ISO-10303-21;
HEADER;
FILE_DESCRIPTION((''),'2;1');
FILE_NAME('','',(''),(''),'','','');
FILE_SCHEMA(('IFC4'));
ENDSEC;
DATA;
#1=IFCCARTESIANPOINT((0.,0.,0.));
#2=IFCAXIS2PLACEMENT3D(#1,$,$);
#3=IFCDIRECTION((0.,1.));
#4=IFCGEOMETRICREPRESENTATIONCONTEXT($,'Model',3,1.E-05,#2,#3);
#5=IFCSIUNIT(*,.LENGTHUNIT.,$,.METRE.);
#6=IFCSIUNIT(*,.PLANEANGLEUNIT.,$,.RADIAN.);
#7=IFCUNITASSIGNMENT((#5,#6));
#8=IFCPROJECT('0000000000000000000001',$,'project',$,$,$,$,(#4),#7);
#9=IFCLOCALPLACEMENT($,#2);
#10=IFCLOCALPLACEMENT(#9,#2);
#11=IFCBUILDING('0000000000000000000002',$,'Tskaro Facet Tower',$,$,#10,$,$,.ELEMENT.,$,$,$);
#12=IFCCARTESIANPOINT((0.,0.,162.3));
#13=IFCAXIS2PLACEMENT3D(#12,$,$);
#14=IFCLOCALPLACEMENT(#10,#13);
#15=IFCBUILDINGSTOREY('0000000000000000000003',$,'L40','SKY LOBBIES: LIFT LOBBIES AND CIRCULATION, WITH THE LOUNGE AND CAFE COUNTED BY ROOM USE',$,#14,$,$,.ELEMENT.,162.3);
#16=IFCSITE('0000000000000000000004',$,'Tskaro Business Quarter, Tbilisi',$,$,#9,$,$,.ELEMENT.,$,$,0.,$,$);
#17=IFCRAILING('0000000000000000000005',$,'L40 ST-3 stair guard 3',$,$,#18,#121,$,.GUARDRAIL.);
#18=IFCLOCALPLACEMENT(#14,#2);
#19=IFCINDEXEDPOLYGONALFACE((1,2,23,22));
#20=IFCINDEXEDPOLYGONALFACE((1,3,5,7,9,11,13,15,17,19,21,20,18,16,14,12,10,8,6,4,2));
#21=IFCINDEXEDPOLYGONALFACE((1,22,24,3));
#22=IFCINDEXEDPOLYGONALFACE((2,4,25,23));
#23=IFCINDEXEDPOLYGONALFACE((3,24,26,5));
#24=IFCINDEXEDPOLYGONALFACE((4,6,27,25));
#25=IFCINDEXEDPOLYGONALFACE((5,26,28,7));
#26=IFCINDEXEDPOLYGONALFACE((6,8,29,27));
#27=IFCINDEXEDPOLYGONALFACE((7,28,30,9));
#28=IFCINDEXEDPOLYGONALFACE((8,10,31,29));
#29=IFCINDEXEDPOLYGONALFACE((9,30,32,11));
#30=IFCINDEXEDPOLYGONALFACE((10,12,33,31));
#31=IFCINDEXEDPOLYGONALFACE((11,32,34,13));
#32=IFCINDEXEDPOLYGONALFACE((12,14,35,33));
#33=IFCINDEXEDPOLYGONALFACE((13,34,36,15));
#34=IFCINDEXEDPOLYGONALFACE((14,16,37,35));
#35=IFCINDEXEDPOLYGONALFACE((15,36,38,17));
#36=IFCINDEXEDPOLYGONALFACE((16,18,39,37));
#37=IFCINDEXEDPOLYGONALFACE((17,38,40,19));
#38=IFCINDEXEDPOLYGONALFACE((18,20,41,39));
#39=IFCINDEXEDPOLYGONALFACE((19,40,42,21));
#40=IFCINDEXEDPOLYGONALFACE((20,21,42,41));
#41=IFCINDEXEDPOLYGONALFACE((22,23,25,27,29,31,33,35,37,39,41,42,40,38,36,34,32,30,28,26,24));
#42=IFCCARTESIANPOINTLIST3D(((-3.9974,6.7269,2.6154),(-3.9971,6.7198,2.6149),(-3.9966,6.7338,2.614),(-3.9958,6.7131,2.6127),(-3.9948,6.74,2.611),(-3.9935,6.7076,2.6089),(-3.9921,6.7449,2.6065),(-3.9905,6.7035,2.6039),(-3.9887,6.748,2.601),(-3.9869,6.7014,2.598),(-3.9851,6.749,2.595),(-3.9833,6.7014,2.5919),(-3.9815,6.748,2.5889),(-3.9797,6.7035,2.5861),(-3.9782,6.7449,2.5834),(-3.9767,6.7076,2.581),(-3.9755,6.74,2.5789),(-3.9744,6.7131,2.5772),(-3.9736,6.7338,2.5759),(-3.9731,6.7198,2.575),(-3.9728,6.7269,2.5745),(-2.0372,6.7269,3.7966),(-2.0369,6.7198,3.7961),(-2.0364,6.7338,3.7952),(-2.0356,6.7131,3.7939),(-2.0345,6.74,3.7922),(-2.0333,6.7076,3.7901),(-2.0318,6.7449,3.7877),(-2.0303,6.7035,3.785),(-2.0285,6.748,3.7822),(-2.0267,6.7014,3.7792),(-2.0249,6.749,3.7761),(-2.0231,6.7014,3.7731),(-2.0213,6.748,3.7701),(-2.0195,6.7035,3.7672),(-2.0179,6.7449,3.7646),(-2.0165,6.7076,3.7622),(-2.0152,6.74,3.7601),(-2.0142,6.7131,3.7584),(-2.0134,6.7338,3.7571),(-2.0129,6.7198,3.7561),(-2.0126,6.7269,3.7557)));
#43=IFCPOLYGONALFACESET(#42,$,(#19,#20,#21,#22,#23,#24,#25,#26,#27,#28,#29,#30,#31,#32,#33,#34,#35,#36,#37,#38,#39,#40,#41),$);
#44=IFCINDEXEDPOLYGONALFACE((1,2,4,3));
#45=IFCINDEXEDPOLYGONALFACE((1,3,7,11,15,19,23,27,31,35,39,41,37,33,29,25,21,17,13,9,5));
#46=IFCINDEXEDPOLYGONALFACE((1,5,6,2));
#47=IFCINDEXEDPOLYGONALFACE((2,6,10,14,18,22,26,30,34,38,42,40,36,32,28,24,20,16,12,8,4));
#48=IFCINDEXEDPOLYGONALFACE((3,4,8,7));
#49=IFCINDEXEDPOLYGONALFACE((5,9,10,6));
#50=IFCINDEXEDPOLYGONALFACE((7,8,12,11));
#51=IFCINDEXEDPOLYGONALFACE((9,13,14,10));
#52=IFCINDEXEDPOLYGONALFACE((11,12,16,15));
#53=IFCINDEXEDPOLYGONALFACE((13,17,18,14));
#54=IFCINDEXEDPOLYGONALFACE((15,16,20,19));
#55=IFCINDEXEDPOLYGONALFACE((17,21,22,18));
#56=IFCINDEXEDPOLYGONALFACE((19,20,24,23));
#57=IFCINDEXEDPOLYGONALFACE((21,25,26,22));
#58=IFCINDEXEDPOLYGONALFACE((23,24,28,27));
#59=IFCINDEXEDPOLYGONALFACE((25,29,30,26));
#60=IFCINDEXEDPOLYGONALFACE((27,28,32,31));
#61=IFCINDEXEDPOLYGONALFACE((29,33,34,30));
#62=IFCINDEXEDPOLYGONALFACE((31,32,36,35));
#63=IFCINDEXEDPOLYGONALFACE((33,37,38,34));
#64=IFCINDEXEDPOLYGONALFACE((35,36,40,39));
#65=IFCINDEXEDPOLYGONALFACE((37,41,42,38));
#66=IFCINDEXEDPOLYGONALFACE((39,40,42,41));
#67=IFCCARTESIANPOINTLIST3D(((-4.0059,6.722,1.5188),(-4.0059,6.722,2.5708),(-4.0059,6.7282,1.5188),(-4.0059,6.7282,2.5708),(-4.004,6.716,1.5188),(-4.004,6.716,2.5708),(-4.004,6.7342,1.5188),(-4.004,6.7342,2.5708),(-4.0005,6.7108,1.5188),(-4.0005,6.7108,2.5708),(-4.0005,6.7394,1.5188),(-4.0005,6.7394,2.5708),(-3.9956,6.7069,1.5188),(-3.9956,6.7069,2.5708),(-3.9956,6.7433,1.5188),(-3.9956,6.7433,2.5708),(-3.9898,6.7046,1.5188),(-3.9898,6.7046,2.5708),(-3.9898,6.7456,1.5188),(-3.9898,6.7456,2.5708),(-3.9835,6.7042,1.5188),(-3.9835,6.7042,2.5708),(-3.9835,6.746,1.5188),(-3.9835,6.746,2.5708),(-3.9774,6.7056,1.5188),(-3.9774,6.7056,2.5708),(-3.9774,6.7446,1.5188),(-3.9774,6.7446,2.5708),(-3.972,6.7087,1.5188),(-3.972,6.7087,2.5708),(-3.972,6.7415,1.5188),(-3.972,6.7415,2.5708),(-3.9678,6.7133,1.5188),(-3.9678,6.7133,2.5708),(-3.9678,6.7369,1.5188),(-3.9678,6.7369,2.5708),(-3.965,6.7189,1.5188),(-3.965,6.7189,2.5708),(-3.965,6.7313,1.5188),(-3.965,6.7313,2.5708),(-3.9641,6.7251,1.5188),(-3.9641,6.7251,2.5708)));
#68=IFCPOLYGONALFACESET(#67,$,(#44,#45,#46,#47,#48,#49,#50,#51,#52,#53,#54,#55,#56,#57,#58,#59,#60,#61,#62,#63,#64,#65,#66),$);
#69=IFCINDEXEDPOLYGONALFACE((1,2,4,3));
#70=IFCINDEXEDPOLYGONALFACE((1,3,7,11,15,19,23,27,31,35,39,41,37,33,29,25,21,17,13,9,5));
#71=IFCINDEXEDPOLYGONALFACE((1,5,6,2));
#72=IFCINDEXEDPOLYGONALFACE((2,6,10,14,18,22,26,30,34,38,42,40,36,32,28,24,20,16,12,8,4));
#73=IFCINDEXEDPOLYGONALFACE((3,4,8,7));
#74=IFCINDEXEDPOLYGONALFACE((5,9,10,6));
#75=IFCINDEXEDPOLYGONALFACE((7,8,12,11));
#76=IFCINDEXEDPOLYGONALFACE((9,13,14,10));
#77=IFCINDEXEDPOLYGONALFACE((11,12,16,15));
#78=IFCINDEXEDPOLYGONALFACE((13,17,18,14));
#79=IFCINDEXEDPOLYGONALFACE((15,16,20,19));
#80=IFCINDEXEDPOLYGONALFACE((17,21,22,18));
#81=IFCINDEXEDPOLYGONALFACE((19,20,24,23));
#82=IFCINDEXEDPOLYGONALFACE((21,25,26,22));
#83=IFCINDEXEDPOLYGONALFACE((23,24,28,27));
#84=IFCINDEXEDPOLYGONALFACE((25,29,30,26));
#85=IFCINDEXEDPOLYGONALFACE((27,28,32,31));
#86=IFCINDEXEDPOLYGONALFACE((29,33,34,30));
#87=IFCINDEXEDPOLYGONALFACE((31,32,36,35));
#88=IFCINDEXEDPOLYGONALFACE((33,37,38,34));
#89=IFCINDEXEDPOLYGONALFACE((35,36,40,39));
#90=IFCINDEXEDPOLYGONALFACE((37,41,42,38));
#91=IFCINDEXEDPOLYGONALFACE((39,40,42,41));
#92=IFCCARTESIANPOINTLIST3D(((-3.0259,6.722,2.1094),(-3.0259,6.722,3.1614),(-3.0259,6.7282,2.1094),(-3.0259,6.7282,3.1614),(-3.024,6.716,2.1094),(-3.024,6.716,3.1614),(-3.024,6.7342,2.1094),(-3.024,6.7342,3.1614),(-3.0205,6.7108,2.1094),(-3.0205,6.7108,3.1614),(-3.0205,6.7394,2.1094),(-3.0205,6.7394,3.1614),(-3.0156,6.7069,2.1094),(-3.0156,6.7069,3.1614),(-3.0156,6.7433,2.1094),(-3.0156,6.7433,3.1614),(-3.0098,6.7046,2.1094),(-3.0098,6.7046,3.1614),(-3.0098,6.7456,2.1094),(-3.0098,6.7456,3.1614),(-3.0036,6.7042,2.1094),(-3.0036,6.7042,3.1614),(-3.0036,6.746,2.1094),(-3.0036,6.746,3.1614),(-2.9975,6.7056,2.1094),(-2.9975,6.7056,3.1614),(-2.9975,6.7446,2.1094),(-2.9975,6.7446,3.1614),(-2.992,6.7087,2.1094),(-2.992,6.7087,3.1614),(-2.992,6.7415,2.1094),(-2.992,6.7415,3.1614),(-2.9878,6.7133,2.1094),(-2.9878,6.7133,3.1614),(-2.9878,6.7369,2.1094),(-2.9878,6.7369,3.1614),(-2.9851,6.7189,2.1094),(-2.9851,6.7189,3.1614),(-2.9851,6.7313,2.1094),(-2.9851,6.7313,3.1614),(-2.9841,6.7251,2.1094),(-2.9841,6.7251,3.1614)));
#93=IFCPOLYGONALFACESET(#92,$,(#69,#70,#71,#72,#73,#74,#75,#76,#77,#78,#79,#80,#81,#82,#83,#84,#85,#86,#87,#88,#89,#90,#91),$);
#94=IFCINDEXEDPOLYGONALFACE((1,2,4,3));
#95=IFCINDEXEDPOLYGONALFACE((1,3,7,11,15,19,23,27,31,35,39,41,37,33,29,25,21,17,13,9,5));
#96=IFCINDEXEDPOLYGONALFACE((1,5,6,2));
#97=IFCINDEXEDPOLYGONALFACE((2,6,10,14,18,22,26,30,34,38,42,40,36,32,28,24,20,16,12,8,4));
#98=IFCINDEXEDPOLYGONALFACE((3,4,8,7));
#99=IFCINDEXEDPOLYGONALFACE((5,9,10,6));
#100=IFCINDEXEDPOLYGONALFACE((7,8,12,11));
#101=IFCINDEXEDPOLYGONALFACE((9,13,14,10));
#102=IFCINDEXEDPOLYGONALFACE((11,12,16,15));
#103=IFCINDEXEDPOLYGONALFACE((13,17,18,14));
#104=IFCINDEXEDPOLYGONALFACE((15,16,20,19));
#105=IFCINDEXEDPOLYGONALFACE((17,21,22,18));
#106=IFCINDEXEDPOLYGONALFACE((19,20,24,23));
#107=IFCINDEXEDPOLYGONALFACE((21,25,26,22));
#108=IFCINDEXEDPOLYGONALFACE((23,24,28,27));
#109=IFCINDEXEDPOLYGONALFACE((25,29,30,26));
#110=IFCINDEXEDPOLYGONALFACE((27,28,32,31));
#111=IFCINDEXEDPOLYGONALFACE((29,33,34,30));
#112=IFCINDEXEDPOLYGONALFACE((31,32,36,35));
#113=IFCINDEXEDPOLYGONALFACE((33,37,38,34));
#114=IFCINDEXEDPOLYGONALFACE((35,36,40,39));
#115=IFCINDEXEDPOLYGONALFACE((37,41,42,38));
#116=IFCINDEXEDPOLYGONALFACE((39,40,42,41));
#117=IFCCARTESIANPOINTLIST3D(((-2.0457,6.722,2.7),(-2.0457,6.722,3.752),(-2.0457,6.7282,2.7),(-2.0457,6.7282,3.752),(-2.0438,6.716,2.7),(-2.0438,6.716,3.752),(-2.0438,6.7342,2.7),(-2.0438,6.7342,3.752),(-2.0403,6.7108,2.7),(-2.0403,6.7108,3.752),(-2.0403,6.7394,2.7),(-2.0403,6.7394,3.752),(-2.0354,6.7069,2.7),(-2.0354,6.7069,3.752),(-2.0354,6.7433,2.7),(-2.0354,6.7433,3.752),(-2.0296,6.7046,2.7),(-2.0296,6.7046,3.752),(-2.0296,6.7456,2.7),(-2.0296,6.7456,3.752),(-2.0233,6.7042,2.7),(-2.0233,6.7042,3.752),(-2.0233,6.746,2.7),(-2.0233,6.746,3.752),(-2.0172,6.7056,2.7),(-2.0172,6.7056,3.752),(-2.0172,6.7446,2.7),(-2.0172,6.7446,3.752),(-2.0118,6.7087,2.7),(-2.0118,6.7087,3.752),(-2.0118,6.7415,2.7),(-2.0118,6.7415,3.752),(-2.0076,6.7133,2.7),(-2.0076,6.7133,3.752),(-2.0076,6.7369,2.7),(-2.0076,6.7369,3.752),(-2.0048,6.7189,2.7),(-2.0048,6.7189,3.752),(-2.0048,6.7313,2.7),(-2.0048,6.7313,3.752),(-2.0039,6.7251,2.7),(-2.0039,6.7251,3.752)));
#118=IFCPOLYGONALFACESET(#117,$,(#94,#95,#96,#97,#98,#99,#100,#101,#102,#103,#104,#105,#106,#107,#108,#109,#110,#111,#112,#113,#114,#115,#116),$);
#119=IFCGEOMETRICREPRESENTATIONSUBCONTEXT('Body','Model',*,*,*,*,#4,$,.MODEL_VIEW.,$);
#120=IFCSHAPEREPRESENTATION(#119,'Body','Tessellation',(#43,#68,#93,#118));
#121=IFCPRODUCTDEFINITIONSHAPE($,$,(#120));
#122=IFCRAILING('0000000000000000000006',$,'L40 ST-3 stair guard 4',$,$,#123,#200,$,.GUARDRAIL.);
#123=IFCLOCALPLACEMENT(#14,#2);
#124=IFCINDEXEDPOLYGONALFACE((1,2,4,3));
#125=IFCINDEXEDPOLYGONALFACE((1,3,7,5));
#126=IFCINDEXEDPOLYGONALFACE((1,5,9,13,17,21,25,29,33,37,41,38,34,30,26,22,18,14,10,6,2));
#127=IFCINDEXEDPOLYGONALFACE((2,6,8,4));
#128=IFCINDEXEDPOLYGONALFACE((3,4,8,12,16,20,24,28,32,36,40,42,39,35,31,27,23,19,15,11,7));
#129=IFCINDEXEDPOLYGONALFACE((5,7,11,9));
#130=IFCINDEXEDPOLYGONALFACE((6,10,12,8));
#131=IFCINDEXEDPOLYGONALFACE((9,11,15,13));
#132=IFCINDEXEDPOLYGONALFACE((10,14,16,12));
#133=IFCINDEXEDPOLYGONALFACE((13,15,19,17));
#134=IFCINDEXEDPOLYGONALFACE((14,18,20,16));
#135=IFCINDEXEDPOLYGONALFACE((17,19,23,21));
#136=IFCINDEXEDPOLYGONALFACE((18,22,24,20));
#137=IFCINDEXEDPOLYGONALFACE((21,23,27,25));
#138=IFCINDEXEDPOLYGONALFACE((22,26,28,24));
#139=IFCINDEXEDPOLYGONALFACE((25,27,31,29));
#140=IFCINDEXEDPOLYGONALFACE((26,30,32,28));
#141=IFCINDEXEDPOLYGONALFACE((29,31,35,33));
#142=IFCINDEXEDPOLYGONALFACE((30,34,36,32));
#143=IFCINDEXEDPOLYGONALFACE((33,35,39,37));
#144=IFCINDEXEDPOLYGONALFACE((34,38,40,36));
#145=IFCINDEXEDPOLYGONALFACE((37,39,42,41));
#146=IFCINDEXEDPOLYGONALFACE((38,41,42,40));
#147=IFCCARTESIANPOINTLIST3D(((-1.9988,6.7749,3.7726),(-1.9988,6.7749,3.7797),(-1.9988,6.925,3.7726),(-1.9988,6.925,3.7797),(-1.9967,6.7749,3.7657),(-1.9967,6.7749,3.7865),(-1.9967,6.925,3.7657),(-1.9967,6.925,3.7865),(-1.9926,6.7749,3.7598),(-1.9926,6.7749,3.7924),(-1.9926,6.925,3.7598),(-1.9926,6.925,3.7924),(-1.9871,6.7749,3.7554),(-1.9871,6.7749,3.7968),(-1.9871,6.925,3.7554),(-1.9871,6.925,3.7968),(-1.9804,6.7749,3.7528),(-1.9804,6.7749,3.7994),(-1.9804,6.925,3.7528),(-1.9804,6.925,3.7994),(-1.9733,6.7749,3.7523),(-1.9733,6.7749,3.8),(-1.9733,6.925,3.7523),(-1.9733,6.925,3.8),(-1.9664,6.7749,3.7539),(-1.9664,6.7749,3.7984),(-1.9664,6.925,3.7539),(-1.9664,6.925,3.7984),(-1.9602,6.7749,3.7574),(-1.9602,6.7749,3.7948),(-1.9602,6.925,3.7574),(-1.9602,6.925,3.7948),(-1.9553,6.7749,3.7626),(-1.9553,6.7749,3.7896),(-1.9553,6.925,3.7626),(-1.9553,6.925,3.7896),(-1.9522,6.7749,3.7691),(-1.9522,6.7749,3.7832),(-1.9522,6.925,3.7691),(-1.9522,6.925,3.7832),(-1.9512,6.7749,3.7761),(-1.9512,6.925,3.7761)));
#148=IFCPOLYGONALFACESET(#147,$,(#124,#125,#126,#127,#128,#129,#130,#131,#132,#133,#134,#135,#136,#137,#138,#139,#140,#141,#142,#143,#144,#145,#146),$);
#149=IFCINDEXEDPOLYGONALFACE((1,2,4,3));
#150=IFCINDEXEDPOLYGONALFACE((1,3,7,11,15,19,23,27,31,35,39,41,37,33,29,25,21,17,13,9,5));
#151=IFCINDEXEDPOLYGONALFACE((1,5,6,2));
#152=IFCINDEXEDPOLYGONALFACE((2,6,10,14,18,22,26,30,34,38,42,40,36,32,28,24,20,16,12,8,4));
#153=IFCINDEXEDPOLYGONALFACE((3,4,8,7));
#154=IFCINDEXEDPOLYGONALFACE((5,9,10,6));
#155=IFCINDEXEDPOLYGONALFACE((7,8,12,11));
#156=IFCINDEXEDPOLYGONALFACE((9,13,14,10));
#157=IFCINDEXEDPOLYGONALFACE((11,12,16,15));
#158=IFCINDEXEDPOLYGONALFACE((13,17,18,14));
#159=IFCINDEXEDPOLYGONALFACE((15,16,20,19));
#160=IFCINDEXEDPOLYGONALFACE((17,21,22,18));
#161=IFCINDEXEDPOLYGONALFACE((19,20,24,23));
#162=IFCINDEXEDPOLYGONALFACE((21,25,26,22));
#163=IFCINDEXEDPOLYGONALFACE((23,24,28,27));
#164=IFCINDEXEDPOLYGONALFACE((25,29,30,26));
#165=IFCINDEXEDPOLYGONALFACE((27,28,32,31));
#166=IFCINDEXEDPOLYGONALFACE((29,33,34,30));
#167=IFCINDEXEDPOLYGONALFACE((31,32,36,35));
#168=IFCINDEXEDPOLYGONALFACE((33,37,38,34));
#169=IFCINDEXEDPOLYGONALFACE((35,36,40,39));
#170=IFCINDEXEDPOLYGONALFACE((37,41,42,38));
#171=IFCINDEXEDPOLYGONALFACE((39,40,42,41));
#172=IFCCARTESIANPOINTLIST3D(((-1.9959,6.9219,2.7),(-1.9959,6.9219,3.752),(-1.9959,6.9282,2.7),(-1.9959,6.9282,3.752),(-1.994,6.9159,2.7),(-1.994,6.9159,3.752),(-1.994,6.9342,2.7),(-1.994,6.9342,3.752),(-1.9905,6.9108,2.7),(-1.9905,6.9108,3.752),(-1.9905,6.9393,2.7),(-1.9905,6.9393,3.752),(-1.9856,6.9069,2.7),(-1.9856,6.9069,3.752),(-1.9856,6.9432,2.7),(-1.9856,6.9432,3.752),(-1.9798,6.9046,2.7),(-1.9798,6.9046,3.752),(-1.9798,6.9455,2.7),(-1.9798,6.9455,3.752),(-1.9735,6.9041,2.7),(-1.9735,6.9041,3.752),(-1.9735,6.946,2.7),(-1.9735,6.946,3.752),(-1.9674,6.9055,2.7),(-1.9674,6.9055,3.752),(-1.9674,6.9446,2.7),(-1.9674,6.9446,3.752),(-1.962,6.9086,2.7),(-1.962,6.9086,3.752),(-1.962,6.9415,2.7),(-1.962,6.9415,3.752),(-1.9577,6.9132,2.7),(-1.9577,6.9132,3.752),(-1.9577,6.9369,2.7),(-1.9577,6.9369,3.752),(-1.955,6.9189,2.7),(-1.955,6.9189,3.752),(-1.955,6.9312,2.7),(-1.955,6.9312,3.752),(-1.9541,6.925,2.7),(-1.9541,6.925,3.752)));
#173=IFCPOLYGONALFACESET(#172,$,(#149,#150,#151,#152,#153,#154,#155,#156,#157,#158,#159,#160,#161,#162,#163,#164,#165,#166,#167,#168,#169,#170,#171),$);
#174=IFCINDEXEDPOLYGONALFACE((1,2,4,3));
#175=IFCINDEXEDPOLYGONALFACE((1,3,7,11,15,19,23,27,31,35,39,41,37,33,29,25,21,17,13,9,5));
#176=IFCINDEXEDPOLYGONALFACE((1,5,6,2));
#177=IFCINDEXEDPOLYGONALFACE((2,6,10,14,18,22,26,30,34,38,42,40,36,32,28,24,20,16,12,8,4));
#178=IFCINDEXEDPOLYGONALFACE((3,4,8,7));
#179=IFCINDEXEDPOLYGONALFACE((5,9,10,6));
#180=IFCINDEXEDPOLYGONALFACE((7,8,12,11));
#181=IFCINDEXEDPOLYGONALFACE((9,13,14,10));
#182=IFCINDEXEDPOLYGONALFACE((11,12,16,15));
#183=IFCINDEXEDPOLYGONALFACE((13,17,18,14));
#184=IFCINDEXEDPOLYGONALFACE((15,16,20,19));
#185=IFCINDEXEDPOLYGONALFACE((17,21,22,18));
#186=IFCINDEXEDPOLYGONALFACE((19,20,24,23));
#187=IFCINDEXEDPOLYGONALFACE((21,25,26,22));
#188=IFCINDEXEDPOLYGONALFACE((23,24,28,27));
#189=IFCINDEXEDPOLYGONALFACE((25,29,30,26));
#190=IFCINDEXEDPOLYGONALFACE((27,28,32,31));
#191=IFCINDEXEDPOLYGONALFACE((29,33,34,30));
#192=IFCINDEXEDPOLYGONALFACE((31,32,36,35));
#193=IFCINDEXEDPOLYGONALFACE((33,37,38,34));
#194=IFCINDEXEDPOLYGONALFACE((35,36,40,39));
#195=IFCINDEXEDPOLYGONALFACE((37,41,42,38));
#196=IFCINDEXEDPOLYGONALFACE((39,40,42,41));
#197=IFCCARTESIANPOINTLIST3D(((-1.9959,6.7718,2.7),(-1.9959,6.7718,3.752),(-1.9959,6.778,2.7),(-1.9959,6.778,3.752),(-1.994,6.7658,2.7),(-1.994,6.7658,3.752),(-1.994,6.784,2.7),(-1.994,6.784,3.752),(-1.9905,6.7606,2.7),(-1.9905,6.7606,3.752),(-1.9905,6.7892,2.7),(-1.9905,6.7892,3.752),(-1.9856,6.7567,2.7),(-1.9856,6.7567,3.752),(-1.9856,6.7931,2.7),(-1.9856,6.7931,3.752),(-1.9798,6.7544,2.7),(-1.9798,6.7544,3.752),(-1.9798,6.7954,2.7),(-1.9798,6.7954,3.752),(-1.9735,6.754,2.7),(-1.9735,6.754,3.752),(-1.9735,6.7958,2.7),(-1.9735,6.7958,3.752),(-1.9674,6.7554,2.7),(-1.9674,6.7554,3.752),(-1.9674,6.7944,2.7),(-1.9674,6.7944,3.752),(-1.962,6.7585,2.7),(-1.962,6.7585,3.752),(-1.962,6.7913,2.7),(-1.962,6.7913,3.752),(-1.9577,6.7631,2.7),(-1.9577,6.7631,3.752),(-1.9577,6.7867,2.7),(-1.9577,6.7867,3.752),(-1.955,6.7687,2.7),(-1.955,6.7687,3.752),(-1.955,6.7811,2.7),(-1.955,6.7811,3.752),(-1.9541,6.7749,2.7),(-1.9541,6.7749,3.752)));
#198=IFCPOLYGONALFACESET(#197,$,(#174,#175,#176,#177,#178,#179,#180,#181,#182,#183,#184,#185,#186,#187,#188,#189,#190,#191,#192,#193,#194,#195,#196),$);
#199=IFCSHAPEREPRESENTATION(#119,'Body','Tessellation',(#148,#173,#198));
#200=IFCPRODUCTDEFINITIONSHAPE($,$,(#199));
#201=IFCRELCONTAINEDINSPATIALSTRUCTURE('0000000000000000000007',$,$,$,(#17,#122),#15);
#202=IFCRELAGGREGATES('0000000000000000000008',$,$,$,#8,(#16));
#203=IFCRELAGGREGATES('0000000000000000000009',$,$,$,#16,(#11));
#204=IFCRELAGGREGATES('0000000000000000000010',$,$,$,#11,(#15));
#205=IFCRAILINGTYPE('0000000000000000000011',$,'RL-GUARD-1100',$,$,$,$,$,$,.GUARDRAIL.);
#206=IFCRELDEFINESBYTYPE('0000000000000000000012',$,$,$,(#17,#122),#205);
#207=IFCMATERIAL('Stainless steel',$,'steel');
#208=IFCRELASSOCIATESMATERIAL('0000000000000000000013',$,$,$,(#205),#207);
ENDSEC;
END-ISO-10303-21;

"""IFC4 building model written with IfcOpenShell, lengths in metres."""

from ifc_helpers import new_model, si_unit, direction, frame, origin, origin_2d, place, context, subcontext, project, spatial, circle, extrude, material, type_object, element, save


model = new_model("IFC4")

# Units and contexts
model_context = context("Model", 3, precision=1e-05, world=origin(), true_north=direction((0.0, 1.0)))
body_context = subcontext(model_context, "Body", "Model", "MODEL_VIEW")
ifc_project = project(units=[si_unit("LENGTHUNIT", "METRE"), si_unit("PLANEANGLEUNIT", "RADIAN")], contexts=[model_context])

# Site, building, storey
site_placement = place(None, origin())
site = spatial("IfcSite", under=ifc_project, at=site_placement, Name="Tskaro Business Quarter, Tbilisi", CompositionType="ELEMENT", RefElevation=0.0)
building_placement = place(site_placement, origin())
building = spatial("IfcBuilding", under=site, at=building_placement, Name="Tskaro Facet Tower", CompositionType="ELEMENT")
storey_placement = place(building_placement, frame((0.0, 0.0, 162.3)))
storey = spatial("IfcBuildingStorey", under=building, at=storey_placement, Name="L40", Description="SKY LOBBIES: LIFT LOBBIES AND CIRCULATION, WITH THE LOUNGE AND CAFE COUNTED BY ROOM USE", CompositionType="ELEMENT", Elevation=162.3)

# Railings
ifc_material_1 = material(Name="Stainless steel", Category="steel")
railing_type_1 = type_object("IfcRailingType", Name="RL-GUARD-1100", PredefinedType="GUARDRAIL", material=ifc_material_1)
railing_1_placement = place(storey_placement, frame((-3.9851, 6.7251, 1.5188)))
element("IfcRailing", 1, at=railing_1_placement, inside=storey, type_object=railing_type_1, Name="L40 ST-3 stair guard 3", PredefinedType="GUARDRAIL", context=body_context, shape_type="SweptSolid", body=[
    extrude(circle(Radius=0.0239, at=origin_2d()), frame((0.0, 0.0, 1.0762), z_axis=(0.856522, 0.0, 0.516111), x_axis=(0.0, 1.0, 0.0)), (0.0, 0.0, 1.0), 2.2886),
    extrude(circle(Radius=0.021, at=origin_2d()), origin(), (0.0, 0.0, 1.0), 1.052),
    extrude(circle(Radius=0.021, at=origin_2d()), frame((0.98, 0.0, 0.5906)), (0.0, 0.0, 1.0), 1.052),
    extrude(circle(Radius=0.021, at=origin_2d()), frame((1.9602, 0.0, 1.1812)), (0.0, 0.0, 1.0), 1.052),
])
railing_2_placement = place(storey_placement, frame((-1.9751, 6.925, 2.7)))
element("IfcRailing", 2, at=railing_2_placement, inside=storey, type_object=railing_type_1, Name="L40 ST-3 stair guard 4", PredefinedType="GUARDRAIL", context=body_context, shape_type="SweptSolid", body=[
    extrude(circle(Radius=0.0239, at=origin_2d()), frame((0.0, 0.0, 1.0762), z_axis=(0.0, -1.0, 0.0), x_axis=(1.0, 0.0, 0.0)), (0.0, 0.0, 1.0), 0.1501),
    extrude(circle(Radius=0.021, at=origin_2d()), origin(), (0.0, 0.0, 1.0), 1.052),
    extrude(circle(Radius=0.021, at=origin_2d()), frame((0.0, -0.1501, 0.0)), (0.0, 0.0, 1.0), 1.052),
])

save(model, "model.ifc")
